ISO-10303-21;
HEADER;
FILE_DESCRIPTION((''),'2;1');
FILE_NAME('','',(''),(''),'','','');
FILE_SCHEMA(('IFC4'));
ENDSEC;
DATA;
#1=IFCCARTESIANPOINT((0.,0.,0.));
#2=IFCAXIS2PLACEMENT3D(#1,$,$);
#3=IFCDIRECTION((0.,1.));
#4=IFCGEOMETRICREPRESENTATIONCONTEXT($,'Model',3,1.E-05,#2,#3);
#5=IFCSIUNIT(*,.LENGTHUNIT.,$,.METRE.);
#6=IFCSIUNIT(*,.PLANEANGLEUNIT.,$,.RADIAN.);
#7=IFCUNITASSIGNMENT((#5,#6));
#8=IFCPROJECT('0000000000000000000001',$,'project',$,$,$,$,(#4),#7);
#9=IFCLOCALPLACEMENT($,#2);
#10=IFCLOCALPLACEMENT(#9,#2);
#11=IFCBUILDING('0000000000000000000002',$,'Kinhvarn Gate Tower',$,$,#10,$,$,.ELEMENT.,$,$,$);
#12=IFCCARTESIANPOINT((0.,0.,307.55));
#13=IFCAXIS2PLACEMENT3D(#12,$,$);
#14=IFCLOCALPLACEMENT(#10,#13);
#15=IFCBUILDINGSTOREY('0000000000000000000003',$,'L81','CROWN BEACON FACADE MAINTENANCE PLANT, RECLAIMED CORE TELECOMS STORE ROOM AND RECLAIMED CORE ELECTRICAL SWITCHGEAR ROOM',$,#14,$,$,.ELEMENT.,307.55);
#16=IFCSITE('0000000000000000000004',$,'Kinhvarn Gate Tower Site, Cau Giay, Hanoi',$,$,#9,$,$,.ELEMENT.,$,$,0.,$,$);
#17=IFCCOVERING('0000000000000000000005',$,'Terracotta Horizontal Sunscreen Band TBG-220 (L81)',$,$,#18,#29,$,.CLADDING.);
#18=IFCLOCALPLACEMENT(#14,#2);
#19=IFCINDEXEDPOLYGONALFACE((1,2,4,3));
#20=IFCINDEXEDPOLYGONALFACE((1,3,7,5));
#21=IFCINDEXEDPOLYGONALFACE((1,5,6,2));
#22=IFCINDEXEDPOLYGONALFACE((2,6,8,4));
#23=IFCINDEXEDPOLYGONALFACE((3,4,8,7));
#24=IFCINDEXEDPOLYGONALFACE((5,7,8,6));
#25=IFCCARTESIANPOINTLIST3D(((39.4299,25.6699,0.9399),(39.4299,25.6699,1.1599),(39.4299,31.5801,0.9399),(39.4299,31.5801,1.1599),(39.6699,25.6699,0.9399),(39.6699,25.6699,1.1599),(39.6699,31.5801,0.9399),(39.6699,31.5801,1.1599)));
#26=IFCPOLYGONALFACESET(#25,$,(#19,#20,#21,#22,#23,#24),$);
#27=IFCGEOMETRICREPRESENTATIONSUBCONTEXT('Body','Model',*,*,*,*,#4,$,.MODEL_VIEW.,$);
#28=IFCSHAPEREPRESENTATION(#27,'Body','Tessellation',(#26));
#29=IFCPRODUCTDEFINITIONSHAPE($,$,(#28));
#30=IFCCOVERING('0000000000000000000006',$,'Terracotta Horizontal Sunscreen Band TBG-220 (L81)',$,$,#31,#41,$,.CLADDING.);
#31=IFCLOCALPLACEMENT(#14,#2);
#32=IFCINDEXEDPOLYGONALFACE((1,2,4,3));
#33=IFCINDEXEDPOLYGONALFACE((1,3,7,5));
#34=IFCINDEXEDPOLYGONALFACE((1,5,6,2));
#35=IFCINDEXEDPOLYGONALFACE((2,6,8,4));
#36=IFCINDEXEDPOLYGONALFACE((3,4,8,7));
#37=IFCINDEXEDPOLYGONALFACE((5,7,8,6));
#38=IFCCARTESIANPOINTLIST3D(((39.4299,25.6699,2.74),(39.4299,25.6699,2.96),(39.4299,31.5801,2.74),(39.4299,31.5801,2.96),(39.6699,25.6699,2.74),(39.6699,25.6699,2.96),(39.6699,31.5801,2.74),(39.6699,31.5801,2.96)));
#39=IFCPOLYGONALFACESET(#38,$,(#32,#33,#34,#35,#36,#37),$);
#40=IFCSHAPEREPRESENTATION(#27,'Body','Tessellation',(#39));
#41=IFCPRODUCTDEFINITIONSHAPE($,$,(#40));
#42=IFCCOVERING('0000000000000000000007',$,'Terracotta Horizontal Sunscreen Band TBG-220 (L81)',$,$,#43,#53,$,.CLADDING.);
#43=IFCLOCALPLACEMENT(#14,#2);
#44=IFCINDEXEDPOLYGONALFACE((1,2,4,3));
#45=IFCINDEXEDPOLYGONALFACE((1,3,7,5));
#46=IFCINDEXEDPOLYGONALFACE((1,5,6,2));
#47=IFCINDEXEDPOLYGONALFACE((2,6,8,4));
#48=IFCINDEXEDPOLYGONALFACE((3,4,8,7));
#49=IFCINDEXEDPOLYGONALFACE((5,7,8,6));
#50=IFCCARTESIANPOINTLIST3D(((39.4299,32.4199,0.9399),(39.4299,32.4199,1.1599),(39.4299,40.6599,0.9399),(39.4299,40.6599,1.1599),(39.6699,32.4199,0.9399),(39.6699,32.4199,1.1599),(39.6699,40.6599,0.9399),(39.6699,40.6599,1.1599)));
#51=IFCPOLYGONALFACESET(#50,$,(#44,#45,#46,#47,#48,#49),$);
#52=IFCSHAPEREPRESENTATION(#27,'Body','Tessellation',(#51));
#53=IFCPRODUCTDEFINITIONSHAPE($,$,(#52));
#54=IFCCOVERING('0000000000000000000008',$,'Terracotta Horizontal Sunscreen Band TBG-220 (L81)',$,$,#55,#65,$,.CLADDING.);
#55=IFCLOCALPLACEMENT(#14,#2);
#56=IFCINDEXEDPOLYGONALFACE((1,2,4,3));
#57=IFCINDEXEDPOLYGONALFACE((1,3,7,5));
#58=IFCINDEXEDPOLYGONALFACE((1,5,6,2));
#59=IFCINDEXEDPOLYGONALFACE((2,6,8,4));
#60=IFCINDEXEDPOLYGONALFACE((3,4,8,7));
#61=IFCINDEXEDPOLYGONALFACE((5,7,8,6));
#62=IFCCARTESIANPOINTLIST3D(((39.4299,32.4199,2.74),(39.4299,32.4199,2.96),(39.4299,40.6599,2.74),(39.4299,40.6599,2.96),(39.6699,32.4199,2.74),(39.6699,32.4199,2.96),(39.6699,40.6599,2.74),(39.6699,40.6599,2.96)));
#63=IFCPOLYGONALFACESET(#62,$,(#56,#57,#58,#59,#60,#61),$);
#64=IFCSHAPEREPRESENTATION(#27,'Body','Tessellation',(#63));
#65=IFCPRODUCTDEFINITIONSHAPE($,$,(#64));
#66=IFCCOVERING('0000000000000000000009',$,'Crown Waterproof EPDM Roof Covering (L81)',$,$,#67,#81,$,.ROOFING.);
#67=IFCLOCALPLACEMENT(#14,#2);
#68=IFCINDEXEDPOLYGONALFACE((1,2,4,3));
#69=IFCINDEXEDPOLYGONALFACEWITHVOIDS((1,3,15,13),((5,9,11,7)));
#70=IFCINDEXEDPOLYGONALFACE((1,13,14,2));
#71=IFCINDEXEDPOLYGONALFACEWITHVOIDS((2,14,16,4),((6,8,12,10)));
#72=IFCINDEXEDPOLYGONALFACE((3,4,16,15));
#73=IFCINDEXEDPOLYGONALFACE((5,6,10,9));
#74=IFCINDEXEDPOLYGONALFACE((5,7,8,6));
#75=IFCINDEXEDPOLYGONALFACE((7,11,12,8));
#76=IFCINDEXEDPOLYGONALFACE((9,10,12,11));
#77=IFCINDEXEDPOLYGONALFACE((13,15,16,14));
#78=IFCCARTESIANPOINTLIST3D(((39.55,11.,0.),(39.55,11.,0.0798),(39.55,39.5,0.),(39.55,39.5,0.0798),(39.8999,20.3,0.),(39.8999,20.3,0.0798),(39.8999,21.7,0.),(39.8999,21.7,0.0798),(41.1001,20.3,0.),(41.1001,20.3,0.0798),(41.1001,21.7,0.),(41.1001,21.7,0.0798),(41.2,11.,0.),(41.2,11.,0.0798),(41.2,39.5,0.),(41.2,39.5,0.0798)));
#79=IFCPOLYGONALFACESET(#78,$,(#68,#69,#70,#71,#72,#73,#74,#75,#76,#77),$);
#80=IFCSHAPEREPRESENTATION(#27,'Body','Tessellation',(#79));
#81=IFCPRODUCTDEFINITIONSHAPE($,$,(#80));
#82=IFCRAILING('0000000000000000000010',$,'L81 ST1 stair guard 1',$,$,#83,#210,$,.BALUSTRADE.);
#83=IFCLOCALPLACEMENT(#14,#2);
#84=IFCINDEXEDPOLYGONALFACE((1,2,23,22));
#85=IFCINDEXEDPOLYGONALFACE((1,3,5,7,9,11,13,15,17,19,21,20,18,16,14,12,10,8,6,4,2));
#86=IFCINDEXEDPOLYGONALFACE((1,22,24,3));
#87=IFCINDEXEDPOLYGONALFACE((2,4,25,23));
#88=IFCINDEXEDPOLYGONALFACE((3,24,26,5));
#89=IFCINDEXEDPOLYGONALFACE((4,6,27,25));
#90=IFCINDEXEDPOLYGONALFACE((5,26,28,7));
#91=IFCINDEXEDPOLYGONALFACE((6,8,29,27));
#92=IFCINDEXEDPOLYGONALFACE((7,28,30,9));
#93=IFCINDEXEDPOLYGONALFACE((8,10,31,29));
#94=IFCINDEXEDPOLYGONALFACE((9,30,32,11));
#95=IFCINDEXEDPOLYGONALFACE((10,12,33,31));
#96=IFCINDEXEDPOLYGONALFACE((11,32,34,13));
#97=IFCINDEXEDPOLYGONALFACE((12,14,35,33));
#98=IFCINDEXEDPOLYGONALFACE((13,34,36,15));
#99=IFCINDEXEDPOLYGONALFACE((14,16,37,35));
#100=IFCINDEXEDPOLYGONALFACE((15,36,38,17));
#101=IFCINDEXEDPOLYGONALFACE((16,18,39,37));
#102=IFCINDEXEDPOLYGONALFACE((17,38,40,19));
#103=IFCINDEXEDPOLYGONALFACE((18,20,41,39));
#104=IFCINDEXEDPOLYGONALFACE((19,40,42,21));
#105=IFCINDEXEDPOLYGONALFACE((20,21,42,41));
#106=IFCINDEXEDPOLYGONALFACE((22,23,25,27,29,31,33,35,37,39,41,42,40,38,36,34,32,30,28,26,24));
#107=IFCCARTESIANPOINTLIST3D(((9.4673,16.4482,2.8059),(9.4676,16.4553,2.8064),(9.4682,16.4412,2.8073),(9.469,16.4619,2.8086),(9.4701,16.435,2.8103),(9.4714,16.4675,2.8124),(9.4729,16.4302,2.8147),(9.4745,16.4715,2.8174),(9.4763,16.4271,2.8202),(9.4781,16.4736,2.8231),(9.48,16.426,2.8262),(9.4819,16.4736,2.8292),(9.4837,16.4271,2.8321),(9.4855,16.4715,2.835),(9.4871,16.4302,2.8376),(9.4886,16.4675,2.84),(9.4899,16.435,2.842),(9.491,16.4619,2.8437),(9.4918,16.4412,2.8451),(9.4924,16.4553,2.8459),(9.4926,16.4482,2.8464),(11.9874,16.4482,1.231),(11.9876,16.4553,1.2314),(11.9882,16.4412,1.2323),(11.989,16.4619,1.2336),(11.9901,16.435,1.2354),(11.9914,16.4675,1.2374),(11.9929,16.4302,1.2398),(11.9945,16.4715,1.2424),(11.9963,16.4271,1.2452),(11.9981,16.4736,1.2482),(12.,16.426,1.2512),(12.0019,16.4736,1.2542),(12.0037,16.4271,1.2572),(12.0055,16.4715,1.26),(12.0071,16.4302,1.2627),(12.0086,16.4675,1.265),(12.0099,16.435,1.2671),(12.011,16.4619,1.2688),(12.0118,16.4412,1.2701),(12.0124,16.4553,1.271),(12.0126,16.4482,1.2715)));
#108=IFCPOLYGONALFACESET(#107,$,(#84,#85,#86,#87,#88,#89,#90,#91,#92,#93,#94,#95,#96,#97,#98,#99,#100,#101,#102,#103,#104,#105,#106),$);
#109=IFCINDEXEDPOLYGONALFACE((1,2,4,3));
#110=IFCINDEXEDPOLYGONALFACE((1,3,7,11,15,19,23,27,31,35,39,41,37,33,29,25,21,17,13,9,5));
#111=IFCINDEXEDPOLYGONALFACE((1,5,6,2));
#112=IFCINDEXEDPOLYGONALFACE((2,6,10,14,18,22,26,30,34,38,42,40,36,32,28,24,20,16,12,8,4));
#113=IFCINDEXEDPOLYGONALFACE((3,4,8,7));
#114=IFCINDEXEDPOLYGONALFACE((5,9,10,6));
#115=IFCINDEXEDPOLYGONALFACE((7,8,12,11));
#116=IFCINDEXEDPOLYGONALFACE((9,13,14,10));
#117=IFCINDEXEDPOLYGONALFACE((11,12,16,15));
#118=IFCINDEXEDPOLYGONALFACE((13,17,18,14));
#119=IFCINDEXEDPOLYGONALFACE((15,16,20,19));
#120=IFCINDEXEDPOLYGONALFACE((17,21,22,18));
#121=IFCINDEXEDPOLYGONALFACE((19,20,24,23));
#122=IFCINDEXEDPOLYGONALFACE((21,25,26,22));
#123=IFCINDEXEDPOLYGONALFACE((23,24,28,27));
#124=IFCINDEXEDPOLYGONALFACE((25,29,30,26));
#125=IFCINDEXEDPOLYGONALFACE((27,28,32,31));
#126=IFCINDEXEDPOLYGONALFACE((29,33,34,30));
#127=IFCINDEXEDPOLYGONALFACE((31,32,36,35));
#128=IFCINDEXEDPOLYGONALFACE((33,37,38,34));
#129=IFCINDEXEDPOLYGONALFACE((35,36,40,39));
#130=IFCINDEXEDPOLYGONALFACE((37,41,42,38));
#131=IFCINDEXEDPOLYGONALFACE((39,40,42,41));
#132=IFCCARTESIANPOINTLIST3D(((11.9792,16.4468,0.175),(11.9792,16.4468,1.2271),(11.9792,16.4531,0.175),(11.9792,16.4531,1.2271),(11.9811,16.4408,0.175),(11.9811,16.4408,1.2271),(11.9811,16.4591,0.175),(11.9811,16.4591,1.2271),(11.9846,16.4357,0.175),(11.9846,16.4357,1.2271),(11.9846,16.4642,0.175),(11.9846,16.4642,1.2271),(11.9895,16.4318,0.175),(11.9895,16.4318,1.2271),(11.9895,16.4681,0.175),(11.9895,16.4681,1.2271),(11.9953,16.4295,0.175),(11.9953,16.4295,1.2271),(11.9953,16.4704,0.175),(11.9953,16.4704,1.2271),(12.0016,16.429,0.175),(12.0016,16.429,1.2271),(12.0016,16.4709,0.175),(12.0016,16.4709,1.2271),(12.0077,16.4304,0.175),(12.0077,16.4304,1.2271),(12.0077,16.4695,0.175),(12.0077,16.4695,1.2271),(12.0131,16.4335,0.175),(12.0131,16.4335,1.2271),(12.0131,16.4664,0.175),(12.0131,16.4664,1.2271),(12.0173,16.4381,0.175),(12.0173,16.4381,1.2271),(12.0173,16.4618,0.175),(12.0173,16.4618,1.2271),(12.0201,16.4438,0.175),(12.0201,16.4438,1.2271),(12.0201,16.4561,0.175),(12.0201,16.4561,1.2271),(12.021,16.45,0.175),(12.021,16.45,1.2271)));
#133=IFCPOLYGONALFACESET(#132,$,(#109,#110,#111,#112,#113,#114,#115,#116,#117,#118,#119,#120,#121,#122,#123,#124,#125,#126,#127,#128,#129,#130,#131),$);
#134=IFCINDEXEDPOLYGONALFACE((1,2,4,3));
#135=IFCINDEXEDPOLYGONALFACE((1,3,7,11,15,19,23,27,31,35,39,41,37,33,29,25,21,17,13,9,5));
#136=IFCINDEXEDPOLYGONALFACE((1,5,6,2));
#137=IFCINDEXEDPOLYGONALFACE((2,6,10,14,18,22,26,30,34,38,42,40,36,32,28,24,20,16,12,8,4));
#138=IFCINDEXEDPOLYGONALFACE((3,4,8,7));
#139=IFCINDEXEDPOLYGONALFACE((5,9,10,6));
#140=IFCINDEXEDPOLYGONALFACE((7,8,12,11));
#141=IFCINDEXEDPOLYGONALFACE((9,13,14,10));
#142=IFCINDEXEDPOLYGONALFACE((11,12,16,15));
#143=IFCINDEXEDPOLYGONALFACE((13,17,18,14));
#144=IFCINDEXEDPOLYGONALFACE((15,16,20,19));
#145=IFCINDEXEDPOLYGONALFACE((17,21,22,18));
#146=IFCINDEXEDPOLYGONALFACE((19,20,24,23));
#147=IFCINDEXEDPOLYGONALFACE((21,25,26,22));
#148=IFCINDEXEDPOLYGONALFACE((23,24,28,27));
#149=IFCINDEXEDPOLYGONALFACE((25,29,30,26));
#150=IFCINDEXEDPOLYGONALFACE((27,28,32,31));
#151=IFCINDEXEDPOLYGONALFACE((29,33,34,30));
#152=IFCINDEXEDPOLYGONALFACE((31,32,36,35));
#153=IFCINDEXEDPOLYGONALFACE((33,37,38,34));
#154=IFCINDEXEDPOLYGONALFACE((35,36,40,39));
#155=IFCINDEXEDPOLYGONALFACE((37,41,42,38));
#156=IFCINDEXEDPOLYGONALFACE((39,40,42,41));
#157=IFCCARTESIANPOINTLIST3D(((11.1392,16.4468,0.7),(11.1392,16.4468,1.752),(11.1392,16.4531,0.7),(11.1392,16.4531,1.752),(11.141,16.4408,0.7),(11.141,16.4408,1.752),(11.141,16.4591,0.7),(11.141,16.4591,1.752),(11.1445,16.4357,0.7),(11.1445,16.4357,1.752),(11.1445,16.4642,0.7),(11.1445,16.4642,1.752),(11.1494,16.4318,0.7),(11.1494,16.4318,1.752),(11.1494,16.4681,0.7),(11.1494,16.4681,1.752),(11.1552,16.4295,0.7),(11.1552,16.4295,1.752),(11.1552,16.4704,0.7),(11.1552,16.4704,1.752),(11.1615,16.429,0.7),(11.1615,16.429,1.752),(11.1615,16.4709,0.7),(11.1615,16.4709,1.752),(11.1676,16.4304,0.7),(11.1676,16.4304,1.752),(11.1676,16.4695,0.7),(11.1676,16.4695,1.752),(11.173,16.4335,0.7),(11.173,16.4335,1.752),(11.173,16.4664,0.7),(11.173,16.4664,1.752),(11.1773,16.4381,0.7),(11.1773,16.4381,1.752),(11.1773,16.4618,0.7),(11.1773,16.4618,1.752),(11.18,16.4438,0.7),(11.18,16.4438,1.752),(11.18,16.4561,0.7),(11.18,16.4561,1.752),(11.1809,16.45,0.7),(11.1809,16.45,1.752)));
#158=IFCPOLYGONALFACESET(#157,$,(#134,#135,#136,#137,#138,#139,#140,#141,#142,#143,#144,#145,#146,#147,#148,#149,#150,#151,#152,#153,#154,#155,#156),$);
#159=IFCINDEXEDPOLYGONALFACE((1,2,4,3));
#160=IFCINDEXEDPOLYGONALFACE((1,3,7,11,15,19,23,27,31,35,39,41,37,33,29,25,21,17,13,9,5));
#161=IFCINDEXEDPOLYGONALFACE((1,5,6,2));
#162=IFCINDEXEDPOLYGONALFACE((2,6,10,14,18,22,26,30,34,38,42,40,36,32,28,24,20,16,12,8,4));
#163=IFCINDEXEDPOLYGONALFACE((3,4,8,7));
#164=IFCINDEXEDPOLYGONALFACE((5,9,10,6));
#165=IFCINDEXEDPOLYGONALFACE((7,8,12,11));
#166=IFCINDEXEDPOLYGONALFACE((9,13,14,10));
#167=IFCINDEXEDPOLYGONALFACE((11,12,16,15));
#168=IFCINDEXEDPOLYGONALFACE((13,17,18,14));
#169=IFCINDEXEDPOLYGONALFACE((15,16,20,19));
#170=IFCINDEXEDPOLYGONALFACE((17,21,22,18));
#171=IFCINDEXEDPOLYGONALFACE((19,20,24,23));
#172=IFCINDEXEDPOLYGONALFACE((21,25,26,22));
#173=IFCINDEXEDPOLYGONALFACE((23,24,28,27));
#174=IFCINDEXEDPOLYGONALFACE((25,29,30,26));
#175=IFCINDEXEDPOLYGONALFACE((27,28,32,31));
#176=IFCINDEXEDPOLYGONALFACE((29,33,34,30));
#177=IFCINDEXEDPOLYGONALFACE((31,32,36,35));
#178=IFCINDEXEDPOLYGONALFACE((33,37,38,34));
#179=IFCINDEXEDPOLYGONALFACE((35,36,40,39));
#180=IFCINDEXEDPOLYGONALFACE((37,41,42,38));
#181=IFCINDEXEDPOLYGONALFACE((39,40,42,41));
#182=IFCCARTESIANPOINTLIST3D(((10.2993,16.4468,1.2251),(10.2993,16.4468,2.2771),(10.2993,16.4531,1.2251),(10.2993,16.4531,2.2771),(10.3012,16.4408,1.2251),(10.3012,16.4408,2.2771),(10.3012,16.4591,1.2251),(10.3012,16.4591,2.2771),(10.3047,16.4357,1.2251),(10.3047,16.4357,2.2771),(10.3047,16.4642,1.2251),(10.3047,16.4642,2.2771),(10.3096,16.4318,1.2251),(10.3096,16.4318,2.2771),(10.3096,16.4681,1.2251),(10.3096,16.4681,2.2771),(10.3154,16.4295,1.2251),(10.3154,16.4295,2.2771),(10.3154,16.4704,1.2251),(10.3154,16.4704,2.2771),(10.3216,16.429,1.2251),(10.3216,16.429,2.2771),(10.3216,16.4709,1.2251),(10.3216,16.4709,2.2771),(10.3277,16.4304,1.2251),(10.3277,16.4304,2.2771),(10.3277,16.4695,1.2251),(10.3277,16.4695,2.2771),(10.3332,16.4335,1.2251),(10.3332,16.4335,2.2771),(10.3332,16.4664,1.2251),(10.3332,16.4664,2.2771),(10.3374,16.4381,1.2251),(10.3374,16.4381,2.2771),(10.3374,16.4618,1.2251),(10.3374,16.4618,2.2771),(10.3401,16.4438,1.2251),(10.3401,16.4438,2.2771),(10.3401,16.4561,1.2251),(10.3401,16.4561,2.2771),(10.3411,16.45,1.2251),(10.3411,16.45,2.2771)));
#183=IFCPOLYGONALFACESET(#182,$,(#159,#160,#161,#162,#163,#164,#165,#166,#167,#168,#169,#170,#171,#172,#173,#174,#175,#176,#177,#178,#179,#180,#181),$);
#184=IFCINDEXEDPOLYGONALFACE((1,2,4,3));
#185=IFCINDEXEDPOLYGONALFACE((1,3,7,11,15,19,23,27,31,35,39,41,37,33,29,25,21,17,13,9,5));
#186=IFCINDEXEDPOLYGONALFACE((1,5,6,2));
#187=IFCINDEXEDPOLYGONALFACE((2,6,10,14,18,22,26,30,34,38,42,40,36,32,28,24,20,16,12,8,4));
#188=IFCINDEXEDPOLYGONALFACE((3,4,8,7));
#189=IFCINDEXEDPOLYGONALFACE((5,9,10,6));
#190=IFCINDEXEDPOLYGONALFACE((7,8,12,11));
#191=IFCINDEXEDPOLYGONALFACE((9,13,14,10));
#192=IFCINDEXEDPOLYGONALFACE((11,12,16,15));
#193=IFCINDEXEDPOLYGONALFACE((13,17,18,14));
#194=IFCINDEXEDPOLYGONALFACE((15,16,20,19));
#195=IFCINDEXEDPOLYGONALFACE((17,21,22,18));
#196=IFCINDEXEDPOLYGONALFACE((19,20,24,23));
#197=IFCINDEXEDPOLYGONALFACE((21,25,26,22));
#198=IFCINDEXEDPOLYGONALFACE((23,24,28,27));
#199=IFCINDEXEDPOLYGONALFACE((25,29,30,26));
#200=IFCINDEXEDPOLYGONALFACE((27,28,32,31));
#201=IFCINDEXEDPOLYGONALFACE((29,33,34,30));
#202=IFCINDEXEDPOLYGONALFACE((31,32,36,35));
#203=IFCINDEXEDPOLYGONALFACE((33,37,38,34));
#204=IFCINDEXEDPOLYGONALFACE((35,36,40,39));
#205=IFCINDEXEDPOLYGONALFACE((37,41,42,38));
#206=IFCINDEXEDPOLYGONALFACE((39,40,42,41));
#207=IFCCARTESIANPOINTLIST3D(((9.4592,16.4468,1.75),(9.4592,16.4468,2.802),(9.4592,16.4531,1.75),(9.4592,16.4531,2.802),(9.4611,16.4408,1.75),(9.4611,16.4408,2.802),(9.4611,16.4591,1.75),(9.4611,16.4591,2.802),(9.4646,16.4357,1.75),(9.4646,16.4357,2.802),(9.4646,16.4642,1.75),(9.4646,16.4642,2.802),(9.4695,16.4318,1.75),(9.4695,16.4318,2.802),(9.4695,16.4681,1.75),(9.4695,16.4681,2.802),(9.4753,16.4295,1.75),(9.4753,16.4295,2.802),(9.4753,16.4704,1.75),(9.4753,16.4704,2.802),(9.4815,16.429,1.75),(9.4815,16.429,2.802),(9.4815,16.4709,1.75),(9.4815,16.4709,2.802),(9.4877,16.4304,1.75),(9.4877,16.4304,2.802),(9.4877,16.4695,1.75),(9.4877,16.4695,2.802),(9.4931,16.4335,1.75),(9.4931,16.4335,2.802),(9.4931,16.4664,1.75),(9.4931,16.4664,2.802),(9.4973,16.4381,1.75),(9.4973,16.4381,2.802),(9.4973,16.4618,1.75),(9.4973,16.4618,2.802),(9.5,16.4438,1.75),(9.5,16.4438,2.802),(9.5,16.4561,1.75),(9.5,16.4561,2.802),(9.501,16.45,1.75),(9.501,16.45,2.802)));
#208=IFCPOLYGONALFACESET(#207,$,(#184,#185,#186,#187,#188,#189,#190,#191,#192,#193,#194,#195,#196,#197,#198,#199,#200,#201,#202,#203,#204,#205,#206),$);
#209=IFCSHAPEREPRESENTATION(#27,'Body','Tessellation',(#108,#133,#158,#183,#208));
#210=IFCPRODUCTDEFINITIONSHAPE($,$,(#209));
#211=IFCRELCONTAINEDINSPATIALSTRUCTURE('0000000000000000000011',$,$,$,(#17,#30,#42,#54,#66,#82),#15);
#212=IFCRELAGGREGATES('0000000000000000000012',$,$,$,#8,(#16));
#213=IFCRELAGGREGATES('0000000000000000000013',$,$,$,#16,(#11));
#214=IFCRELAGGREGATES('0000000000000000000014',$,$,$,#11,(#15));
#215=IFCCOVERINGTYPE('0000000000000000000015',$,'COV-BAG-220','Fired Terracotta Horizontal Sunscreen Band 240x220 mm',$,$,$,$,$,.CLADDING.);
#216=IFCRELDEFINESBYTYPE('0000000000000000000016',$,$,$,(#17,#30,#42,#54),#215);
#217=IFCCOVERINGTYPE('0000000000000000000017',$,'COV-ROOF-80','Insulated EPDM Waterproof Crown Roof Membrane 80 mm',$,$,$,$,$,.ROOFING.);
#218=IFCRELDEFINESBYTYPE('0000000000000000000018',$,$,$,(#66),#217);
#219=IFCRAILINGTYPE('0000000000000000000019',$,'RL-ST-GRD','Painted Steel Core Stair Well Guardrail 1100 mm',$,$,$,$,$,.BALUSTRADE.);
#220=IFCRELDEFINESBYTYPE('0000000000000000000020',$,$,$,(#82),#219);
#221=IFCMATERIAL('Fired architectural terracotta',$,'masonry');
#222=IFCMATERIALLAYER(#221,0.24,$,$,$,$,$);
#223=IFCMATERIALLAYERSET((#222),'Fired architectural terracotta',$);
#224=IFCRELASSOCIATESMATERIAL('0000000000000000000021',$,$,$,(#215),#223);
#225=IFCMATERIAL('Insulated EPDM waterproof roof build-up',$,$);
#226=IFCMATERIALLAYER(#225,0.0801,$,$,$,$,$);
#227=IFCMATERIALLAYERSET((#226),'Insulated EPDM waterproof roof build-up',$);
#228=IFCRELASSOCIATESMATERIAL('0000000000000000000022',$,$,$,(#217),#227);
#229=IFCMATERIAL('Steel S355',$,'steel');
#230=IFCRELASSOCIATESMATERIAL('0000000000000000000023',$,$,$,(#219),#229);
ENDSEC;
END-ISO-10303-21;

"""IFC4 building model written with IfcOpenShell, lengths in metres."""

from ifc_helpers import new_model, si_unit, direction, frame, origin, origin_2d, place, context, subcontext, project, spatial, polyline, circle, outline, extrude, material, layer, layer_set, type_object, element, save


model = new_model("IFC4")

# Units and contexts
model_context = context("Model", 3, precision=1e-05, world=origin(), true_north=direction((0.0, 1.0)))
body_context = subcontext(model_context, "Body", "Model", "MODEL_VIEW")
ifc_project = project(units=[si_unit("LENGTHUNIT", "METRE"), si_unit("PLANEANGLEUNIT", "RADIAN")], contexts=[model_context])

# Site, building, storey
site_placement = place(None, origin())
site = spatial("IfcSite", under=ifc_project, at=site_placement, Name="Kinhvarn Gate Tower Site, Cau Giay, Hanoi", CompositionType="ELEMENT", RefElevation=0.0)
building_placement = place(site_placement, origin())
building = spatial("IfcBuilding", under=site, at=building_placement, Name="Kinhvarn Gate Tower", CompositionType="ELEMENT")
storey_placement = place(building_placement, frame((0.0, 0.0, 307.55)))
storey = spatial("IfcBuildingStorey", under=building, at=storey_placement, Name="L81", Description="CROWN BEACON FACADE MAINTENANCE PLANT, RECLAIMED CORE TELECOMS STORE ROOM AND RECLAIMED CORE ELECTRICAL SWITCHGEAR ROOM", CompositionType="ELEMENT", Elevation=307.55)

# Shared definitions
ifc_material_1 = material(Name="Fired architectural terracotta", Category="masonry")

# Coverings
ifc_layer_1 = layer(ifc_material_1, 0.24)
ifc_layer_set_1 = layer_set([ifc_layer_1], Name="Fired architectural terracotta")
covering_type_1 = type_object("IfcCoveringType", Name="COV-BAG-220", Description="Fired Terracotta Horizontal Sunscreen Band 240x220 mm", PredefinedType="CLADDING", material=ifc_layer_set_1)
for number, where, name in (
    (1, (0.0, 0.0, 0.9399), "Terracotta Horizontal Sunscreen Band TBG-220 (L81)"),
    (2, (0.0, 0.0, 2.74), "Terracotta Horizontal Sunscreen Band TBG-220 (L81)"),
):
    element("IfcCovering", number, at=place(storey_placement, frame(where)), inside=storey, type_object=covering_type_1, Name=name, PredefinedType="CLADDING", context=body_context, shape_type="SweptSolid", body=[
        extrude(outline(polyline([(39.4299, 25.6699), (39.4299, 31.5801), (39.6699, 31.5801), (39.6699, 25.6699), (39.4299, 25.6699)])), origin(), (0.0, 0.0, 1.0), 0.22),
    ])
for number, where, name in (
    (3, (0.0, 0.0, 0.9399), "Terracotta Horizontal Sunscreen Band TBG-220 (L81)"),
    (4, (0.0, 0.0, 2.74), "Terracotta Horizontal Sunscreen Band TBG-220 (L81)"),
):
    element("IfcCovering", number, at=place(storey_placement, frame(where)), inside=storey, type_object=covering_type_1, Name=name, PredefinedType="CLADDING", context=body_context, shape_type="SweptSolid", body=[
        extrude(outline(polyline([(39.4299, 32.4199), (39.4299, 40.6599), (39.6699, 40.6599), (39.6699, 32.4199), (39.4299, 32.4199)])), origin(), (0.0, 0.0, 1.0), 0.22),
    ])
ifc_material_2 = material(Name="Insulated EPDM waterproof roof build-up")
ifc_layer_2 = layer(ifc_material_2, 0.0801)
ifc_layer_set_2 = layer_set([ifc_layer_2], Name="Insulated EPDM waterproof roof build-up")
covering_type_2 = type_object("IfcCoveringType", Name="COV-ROOF-80", Description="Insulated EPDM Waterproof Crown Roof Membrane 80 mm", PredefinedType="ROOFING", material=ifc_layer_set_2)
covering_placement = place(storey_placement, origin())
element("IfcCovering", 5, at=covering_placement, inside=storey, type_object=covering_type_2, Name="Crown Waterproof EPDM Roof Covering (L81)", PredefinedType="ROOFING", context=body_context, shape_type="SweptSolid", body=[
    extrude(outline(polyline([(39.55, 11.0), (39.55, 39.5), (41.2, 39.5), (41.2, 11.0), (39.55, 11.0)]), holes=[polyline([(41.1001, 21.7), (39.8999, 21.7), (39.8999, 20.3), (41.1001, 20.3), (41.1001, 21.7)])]), origin(), (0.0, 0.0, 1.0), 0.0798),
])

# Railing
ifc_material_3 = material(Name="Steel S355", Category="steel")
railing_type_1 = type_object("IfcRailingType", Name="RL-ST-GRD", Description="Painted Steel Core Stair Well Guardrail 1100 mm", PredefinedType="BALUSTRADE", material=ifc_material_3)
railing_1_placement = place(storey_placement, frame((12.0, 16.45, 0.175)))
element("IfcRailing", 6, at=railing_1_placement, inside=storey, type_object=railing_type_1, Name="L81 ST1 stair guard 1", PredefinedType="BALUSTRADE", context=body_context, shape_type="SweptSolid", body=[
    extrude(circle(Radius=0.0239, at=origin_2d()), frame((0.0, 0.0, 1.0762), z_axis=(-0.848008, 0.0, 0.529984), x_axis=(0.0, -1.0, 0.0)), (0.0, 0.0, 1.0), 2.9717),
    extrude(circle(Radius=0.021, at=origin_2d()), origin(), (0.0, 0.0, 1.0), 1.052),
    extrude(circle(Radius=0.021, at=origin_2d()), frame((-0.8401, 0.0, 0.5249)), (0.0, 0.0, 1.0), 1.052),
    extrude(circle(Radius=0.021, at=origin_2d()), frame((-1.6799, 0.0, 1.05)), (0.0, 0.0, 1.0), 1.052),
    extrude(circle(Radius=0.021, at=origin_2d()), frame((-2.52, 0.0, 1.575)), (0.0, 0.0, 1.0), 1.052),
])

save(model, "model.ifc")
